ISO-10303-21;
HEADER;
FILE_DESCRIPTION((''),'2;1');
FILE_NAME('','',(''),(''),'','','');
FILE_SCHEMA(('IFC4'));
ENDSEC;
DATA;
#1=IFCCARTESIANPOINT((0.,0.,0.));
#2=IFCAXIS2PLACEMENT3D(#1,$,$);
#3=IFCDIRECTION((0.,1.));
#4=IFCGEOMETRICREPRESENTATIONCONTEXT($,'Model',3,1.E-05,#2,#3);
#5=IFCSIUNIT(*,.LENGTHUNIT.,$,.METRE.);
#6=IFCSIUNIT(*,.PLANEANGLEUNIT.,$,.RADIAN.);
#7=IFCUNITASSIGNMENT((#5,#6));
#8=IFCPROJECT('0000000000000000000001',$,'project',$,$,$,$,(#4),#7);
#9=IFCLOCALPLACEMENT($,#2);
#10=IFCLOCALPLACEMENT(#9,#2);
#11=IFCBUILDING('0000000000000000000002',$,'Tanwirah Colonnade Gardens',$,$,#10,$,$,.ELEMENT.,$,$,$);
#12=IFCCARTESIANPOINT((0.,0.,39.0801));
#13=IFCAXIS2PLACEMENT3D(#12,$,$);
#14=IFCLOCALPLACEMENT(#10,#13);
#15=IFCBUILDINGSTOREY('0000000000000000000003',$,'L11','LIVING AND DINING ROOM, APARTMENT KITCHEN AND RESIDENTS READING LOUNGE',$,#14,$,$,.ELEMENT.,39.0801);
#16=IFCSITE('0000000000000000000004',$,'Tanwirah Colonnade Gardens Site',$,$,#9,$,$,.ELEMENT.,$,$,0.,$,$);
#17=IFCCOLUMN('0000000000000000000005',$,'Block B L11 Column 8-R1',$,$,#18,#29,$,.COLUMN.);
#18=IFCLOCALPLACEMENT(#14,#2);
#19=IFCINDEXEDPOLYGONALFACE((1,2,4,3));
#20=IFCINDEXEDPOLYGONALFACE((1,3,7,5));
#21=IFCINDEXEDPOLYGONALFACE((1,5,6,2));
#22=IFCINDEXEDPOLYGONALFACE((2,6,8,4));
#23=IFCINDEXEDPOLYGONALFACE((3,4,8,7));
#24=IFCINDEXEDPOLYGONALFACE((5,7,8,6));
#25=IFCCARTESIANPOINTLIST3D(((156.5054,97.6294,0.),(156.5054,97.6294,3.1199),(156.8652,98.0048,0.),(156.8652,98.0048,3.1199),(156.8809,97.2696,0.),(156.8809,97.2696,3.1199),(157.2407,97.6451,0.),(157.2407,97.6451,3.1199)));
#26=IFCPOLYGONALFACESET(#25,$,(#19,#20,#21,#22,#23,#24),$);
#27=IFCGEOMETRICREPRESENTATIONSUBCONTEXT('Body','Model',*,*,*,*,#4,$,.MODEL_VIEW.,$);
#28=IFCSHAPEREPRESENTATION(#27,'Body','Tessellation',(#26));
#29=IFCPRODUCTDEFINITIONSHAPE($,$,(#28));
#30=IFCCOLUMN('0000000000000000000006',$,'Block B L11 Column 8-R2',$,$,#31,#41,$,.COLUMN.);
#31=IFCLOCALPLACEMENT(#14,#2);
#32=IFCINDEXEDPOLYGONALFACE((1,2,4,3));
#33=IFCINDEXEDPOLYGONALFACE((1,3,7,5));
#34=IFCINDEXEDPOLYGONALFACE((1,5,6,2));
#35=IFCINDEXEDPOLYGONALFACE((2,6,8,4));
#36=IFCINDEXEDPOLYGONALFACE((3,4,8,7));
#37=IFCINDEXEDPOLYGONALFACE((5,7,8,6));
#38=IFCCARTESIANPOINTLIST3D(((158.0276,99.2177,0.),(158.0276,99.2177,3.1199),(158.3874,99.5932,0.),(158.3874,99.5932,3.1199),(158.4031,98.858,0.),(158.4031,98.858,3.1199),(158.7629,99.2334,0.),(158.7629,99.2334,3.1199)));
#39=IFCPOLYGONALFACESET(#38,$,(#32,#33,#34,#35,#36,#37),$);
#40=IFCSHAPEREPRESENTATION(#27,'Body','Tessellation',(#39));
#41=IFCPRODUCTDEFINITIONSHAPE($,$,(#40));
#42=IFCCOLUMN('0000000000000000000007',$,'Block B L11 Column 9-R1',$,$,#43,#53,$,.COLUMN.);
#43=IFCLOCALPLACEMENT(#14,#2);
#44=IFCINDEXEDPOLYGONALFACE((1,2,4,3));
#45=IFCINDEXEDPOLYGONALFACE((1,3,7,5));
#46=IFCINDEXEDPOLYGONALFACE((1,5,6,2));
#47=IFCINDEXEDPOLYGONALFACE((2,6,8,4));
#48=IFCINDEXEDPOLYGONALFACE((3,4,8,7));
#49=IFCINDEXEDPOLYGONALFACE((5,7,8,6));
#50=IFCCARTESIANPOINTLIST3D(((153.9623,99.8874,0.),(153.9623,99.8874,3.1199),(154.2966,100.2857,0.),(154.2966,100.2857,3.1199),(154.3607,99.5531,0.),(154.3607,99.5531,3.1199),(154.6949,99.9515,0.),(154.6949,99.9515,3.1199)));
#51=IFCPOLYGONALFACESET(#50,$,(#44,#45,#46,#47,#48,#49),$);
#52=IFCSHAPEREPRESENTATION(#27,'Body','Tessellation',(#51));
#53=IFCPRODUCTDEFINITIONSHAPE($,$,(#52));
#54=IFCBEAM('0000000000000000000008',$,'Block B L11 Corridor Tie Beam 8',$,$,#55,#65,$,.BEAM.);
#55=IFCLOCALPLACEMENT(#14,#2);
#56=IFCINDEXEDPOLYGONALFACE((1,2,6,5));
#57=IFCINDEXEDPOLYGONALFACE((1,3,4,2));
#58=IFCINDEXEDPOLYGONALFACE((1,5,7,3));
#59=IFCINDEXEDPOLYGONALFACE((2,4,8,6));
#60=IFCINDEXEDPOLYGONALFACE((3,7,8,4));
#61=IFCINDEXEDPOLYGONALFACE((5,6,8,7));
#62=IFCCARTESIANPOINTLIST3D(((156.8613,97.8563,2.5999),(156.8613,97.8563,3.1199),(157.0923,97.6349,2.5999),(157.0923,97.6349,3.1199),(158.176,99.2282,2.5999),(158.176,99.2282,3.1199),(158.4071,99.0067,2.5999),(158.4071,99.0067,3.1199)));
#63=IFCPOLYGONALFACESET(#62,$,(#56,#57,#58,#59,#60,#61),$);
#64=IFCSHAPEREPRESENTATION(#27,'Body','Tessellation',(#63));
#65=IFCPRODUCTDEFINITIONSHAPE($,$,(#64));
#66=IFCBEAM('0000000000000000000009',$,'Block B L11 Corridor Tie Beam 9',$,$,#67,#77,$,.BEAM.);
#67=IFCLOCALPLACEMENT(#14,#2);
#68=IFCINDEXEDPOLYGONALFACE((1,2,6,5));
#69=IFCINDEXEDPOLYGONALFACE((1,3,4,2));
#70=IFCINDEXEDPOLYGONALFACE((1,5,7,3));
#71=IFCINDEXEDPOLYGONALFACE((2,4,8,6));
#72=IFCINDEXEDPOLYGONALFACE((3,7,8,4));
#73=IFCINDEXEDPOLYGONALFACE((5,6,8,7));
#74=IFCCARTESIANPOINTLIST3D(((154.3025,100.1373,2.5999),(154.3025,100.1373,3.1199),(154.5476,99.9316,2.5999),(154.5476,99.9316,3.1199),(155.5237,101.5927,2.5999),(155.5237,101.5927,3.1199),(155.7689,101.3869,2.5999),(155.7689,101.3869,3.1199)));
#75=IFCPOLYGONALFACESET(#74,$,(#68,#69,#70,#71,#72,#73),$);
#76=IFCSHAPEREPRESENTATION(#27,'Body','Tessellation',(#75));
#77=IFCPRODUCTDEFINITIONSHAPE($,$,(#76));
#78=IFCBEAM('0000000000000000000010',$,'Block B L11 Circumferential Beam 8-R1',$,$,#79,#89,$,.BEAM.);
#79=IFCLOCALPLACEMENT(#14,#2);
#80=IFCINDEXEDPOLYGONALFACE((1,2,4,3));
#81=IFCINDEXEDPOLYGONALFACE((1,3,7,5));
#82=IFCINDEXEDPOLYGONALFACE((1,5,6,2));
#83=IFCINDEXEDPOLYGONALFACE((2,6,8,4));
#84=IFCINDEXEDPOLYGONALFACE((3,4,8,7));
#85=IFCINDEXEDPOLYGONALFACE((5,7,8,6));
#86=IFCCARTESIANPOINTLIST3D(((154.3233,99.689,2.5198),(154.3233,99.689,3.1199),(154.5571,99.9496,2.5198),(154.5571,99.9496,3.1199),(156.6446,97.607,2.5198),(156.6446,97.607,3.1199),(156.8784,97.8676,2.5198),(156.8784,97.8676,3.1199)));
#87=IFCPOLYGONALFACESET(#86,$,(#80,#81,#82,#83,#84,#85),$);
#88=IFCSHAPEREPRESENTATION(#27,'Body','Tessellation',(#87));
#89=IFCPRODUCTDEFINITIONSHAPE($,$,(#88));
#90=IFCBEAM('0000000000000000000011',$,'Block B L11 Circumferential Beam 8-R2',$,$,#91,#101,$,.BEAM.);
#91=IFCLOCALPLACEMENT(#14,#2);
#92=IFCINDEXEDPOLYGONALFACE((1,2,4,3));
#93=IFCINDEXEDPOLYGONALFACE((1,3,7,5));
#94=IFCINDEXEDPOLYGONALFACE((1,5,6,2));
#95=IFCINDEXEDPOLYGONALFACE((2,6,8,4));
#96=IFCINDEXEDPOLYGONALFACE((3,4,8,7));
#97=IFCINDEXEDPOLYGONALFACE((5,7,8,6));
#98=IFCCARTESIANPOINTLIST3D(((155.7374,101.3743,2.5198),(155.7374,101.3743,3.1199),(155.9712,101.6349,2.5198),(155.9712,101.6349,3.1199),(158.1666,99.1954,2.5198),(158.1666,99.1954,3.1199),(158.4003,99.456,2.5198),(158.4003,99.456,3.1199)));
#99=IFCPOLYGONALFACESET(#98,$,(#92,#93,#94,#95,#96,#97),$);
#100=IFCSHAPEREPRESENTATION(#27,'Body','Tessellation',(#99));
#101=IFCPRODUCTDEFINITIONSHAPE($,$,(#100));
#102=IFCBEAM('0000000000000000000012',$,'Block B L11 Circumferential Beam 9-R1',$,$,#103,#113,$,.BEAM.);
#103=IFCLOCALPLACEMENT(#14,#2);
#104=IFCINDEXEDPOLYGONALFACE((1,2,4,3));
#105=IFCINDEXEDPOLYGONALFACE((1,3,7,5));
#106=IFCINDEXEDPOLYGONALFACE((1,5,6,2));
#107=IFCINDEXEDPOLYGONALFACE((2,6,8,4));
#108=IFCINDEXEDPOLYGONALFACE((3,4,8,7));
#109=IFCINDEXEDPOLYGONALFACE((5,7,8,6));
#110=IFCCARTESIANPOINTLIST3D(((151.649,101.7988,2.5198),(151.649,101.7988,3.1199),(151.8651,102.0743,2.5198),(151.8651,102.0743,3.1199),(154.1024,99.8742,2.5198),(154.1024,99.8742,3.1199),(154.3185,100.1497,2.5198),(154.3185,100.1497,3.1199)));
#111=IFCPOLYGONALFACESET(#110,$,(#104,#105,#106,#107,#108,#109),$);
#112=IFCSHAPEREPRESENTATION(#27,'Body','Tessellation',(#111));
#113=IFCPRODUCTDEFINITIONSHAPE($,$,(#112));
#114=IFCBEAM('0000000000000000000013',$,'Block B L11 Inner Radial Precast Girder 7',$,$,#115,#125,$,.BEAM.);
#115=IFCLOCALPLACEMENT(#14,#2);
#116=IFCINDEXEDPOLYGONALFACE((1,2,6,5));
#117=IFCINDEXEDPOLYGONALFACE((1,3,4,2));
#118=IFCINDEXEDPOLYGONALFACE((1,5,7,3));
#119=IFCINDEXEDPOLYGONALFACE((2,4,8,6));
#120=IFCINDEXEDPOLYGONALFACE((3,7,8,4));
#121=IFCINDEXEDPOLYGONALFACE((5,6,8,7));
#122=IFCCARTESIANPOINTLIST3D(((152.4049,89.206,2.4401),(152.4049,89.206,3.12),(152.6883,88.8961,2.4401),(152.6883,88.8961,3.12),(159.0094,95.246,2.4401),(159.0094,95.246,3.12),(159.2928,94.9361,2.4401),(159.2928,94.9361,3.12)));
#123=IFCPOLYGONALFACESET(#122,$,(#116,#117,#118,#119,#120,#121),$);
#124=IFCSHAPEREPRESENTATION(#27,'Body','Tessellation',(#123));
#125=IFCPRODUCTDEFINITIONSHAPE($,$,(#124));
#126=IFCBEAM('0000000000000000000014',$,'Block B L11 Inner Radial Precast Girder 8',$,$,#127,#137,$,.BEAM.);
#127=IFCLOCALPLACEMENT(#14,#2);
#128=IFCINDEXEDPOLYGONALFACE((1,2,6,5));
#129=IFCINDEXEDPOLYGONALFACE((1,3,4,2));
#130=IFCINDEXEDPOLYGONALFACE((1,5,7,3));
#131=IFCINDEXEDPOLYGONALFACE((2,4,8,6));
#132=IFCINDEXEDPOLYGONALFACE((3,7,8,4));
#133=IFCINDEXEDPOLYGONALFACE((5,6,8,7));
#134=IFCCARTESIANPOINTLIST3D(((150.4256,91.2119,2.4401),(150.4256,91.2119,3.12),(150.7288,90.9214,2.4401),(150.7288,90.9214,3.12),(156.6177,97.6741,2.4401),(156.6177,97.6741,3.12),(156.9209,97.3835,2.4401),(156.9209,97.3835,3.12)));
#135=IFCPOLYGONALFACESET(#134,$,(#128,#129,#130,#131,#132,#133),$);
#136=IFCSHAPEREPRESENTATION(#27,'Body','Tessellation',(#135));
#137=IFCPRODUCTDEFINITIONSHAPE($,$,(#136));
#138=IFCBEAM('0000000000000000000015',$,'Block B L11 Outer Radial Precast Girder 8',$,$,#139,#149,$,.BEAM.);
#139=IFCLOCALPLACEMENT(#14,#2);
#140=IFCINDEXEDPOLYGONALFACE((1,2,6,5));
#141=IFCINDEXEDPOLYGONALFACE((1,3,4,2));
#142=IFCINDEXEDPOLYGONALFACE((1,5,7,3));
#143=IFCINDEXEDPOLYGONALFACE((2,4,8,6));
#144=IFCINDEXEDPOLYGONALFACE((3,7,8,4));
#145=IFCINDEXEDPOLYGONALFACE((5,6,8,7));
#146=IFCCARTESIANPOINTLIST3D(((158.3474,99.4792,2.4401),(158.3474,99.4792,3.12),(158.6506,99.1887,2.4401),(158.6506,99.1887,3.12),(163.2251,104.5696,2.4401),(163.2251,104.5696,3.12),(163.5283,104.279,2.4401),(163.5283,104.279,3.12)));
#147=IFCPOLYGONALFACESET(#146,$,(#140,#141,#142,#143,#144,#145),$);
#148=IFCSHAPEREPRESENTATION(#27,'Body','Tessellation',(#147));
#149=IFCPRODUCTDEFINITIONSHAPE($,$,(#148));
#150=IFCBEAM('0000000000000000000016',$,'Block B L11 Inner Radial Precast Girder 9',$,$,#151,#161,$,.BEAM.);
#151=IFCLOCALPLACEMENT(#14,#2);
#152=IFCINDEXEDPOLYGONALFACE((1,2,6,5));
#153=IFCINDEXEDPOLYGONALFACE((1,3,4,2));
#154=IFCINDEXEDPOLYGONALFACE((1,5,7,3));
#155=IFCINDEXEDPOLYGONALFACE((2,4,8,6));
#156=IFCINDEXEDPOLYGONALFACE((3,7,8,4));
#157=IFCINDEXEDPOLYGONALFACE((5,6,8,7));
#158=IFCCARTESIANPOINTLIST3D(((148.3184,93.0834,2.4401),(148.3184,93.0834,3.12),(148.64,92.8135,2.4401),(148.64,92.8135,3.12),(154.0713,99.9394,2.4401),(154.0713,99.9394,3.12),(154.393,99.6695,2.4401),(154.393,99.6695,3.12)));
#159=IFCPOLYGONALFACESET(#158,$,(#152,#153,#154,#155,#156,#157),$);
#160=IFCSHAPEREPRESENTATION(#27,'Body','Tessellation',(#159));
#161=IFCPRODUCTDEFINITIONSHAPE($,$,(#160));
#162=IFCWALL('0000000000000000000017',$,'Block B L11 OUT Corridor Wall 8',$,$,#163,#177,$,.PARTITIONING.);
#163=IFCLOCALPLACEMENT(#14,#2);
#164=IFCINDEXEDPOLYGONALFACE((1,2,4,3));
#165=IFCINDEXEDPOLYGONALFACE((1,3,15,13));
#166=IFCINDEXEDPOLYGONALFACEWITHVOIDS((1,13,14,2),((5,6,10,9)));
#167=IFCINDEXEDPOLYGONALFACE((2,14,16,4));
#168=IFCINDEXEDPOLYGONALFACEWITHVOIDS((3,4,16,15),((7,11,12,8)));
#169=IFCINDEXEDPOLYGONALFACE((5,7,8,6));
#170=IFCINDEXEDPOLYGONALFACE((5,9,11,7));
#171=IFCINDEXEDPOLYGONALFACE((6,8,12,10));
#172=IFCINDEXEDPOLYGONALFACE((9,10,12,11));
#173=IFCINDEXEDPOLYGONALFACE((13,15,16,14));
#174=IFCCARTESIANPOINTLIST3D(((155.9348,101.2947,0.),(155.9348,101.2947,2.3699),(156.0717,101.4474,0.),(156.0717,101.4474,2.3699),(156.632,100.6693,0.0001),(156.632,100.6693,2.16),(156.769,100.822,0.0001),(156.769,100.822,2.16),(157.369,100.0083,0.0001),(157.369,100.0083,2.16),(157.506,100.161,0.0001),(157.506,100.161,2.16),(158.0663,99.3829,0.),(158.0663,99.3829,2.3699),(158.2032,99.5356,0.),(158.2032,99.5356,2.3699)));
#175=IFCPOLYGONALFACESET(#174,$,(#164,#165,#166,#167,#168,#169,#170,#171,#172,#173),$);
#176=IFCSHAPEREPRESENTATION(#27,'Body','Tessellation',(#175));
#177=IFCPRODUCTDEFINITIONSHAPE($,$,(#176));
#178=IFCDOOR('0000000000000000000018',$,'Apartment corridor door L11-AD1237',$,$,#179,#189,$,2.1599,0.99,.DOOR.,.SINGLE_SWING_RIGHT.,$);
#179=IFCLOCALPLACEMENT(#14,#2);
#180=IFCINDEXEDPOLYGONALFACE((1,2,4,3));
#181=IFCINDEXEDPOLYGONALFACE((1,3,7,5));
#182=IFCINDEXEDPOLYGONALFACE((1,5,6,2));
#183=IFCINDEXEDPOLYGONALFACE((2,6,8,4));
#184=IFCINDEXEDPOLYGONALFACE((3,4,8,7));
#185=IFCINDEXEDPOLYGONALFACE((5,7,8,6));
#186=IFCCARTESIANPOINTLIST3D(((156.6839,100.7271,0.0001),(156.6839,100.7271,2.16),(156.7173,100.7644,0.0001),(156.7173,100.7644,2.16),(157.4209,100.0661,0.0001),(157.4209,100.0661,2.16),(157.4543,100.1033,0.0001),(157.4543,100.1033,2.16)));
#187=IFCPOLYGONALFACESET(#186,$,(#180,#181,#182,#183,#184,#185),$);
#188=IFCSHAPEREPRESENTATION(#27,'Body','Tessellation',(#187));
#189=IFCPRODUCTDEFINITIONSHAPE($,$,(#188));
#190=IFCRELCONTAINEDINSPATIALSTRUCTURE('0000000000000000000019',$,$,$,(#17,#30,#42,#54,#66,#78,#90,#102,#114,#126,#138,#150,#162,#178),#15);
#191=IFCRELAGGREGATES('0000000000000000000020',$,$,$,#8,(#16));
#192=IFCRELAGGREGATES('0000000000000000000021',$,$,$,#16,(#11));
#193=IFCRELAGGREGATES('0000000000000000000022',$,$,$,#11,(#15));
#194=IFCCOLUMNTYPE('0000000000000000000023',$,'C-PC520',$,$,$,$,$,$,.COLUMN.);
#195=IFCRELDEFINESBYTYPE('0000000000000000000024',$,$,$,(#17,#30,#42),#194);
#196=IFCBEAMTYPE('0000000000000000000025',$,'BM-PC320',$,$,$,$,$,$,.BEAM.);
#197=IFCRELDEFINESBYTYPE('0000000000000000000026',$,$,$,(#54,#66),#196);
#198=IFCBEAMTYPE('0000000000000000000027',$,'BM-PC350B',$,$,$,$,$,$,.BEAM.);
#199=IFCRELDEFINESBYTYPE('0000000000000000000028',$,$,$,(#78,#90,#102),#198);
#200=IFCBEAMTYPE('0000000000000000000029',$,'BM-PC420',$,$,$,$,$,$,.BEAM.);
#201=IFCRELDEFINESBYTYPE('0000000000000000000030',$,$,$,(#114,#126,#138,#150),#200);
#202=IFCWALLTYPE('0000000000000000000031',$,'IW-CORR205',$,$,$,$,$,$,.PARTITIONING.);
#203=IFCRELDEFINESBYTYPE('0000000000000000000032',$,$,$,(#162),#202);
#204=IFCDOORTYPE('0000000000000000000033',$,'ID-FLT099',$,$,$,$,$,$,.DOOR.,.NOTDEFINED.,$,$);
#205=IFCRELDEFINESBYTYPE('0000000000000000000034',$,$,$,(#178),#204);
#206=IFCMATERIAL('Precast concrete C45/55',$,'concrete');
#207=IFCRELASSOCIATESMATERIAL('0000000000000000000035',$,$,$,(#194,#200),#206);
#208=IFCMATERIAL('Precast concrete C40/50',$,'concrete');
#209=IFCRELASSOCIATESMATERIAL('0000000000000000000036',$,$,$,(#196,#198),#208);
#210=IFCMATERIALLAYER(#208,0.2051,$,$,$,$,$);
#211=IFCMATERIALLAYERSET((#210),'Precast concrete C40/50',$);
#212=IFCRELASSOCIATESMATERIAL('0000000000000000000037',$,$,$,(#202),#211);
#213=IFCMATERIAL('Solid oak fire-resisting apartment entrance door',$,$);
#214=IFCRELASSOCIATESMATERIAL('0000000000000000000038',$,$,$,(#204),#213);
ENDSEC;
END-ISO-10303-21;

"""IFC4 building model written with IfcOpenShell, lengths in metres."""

from ifc_helpers import new_model, si_unit, direction, frame, frame_2d, origin, origin_2d, place, context, subcontext, project, spatial, rectangle, extrude, material, layer, layer_set, material_profile, profile_set, type_object, element, fill, save


model = new_model("IFC4")

# Units and contexts
model_context = context("Model", 3, precision=1e-05, world=origin(), true_north=direction((0.0, 1.0)))
body_context = subcontext(model_context, "Body", "Model", "MODEL_VIEW")
ifc_project = project(units=[si_unit("LENGTHUNIT", "METRE"), si_unit("PLANEANGLEUNIT", "RADIAN")], contexts=[model_context])

# Site, building, storey
site_placement = place(None, origin())
site = spatial("IfcSite", under=ifc_project, at=site_placement, Name="Tanwirah Colonnade Gardens Site", CompositionType="ELEMENT", RefElevation=0.0)
building_placement = place(site_placement, origin())
building = spatial("IfcBuilding", under=site, at=building_placement, Name="Tanwirah Colonnade Gardens", CompositionType="ELEMENT")
storey_placement = place(building_placement, frame((0.0, 0.0, 39.0801)))
storey = spatial("IfcBuildingStorey", under=building, at=storey_placement, Name="L11", Description="LIVING AND DINING ROOM, APARTMENT KITCHEN AND RESIDENTS READING LOUNGE", CompositionType="ELEMENT", Elevation=39.0801)

# Columns
ifc_material_1 = material(Name="Precast concrete C45/55", Category="concrete")
ifc_material_profile_1 = material_profile(ifc_material_1, rectangle(XDim=0.52, YDim=0.52, at=origin_2d()), Name="PC-COL 520x520")
ifc_profile_set_1 = profile_set([ifc_material_profile_1], Name="Precast concrete C45/55")
column_type = type_object("IfcColumnType", Name="C-PC520", PredefinedType="COLUMN", material=ifc_profile_set_1)
for number, where, z_axis, x_axis, name in (
    (1, (156.873, 97.6372, 0.0), (0.0, 0.0, 1.0), (0.691863, 0.722029, 0.0), "Block B L11 Column 8-R1"),
    (2, (158.3953, 99.2256, 0.0), (0.0, 0.0, 1.0), (0.691863, 0.722029, 0.0), "Block B L11 Column 8-R2"),
    (3, (154.3286, 99.9194, 0.0), (0.0, 0.0, 1.0), (0.642788, 0.766044, 0.0), "Block B L11 Column 9-R1"),
):
    element("IfcColumn", number, at=place(storey_placement, frame(where, z_axis=z_axis, x_axis=x_axis)), inside=storey, type_object=column_type, Name=name, PredefinedType="COLUMN", context=body_context, shape_type="SweptSolid", body=[
        extrude(rectangle(XDim=0.52, YDim=0.52, at=origin_2d()), origin(), (0.0, 0.0, 1.0), 3.1199),
    ])

# Beams
ifc_material_2 = material(Name="Precast concrete C40/50", Category="concrete")
ifc_material_profile_2 = material_profile(ifc_material_2, rectangle(XDim=0.3201, YDim=0.52, at=origin_2d()), Name="PC-BM 320x520")
ifc_profile_set_2 = profile_set([ifc_material_profile_2], Name="Precast concrete C40/50")
beam_type_1 = type_object("IfcBeamType", Name="BM-PC320", PredefinedType="BEAM", material=ifc_profile_set_2)
beam_1_placement = place(storey_placement, frame((156.9768, 97.7456, 2.8599), z_axis=(0.691914, 0.72198, 0.0), x_axis=(-0.72198, 0.691914, 0.0)))
element("IfcBeam", 4, at=beam_1_placement, inside=storey, type_object=beam_type_1, Name="Block B L11 Corridor Tie Beam 8", PredefinedType="BEAM", context=body_context, shape_type="SweptSolid", body=[
    extrude(rectangle(XDim=0.3201, YDim=0.52, at=origin_2d()), origin(), (0.0, 0.0, 1.0), 1.9001),
])
beam_2_placement = place(storey_placement, frame((154.425, 100.0344, 2.8599), z_axis=(0.642797, 0.766036, 0.0), x_axis=(-0.766036, 0.642797, 0.0)))
element("IfcBeam", 5, at=beam_2_placement, inside=storey, type_object=beam_type_1, Name="Block B L11 Corridor Tie Beam 9", PredefinedType="BEAM", context=body_context, shape_type="SweptSolid", body=[
    extrude(rectangle(XDim=0.3201, YDim=0.52, at=origin_2d()), origin(), (0.0, 0.0, 1.0), 1.8999),
])
ifc_material_profile_3 = material_profile(ifc_material_2, rectangle(XDim=0.3501, YDim=0.6001, at=origin_2d()), Name="PC-BM 350x600")
ifc_profile_set_3 = profile_set([ifc_material_profile_3], Name="Precast concrete C40/50")
beam_type_2 = type_object("IfcBeamType", Name="BM-PC350B", PredefinedType="BEAM", material=ifc_profile_set_3)
beam_3_placement = place(storey_placement, frame((156.7615, 97.7373, 2.8198), z_axis=(-0.74443, 0.667701, 0.0), x_axis=(-0.667701, -0.74443, 0.0)))
element("IfcBeam", 6, at=beam_3_placement, inside=storey, type_object=beam_type_2, Name="Block B L11 Circumferential Beam 8-R1", PredefinedType="BEAM", context=body_context, shape_type="SweptSolid", body=[
    extrude(rectangle(XDim=0.3501, YDim=0.6001, at=origin_2d()), origin(), (0.0, 0.0, 1.0), 3.1182),
])
beam_4_placement = place(storey_placement, frame((158.2834, 99.3257, 2.8198), z_axis=(-0.744409, 0.667724, 0.0), x_axis=(-0.667724, -0.744409, 0.0)))
element("IfcBeam", 7, at=beam_4_placement, inside=storey, type_object=beam_type_2, Name="Block B L11 Circumferential Beam 8-R2", PredefinedType="BEAM", context=body_context, shape_type="SweptSolid", body=[
    extrude(rectangle(XDim=0.3501, YDim=0.6001, at=origin_2d()), origin(), (0.0, 0.0, 1.0), 3.2632),
])
beam_5_placement = place(storey_placement, frame((154.2104, 100.012, 2.8198), z_axis=(-0.786799, 0.617209, 0.0), x_axis=(-0.617209, -0.786799, 0.0)))
element("IfcBeam", 8, at=beam_5_placement, inside=storey, type_object=beam_type_2, Name="Block B L11 Circumferential Beam 9-R1", PredefinedType="BEAM", context=body_context, shape_type="SweptSolid", body=[
    extrude(rectangle(XDim=0.3501, YDim=0.6001, at=origin_2d()), origin(), (0.0, 0.0, 1.0), 3.1182),
])
ifc_material_profile_4 = material_profile(ifc_material_1, rectangle(XDim=0.4199, YDim=0.6799, at=origin_2d()), Name="PC-BM 420x680")
ifc_profile_set_4 = profile_set([ifc_material_profile_4], Name="Precast concrete C45/55")
beam_type_3 = type_object("IfcBeamType", Name="BM-PC420", PredefinedType="BEAM", material=ifc_profile_set_4)
for number, where, z_axis, x_axis, name in (
    (9, (159.1511, 95.0911, 2.78), (-0.737937, -0.674869, 0.0), (0.674869, -0.737937, 0.0), "Block B L11 Inner Radial Precast Girder 7"),
    (10, (156.7693, 97.5288, 2.78), (-0.691861, -0.722031, 0.0), (0.722031, -0.691861, 0.0), "Block B L11 Inner Radial Precast Girder 8"),
):
    element("IfcBeam", number, at=place(storey_placement, frame(where, z_axis=z_axis, x_axis=x_axis)), inside=storey, type_object=beam_type_3, Name=name, PredefinedType="BEAM", context=body_context, shape_type="SweptSolid", body=[
        extrude(rectangle(XDim=0.4199, YDim=0.6799, at=origin_2d()), origin(), (0.0, 0.0, 1.0), 8.95),
    ])
beam_6_placement = place(storey_placement, frame((158.499, 99.334, 2.78), z_axis=(0.691865, 0.722027, 0.0), x_axis=(-0.722027, 0.691865, 0.0)))
element("IfcBeam", 11, at=beam_6_placement, inside=storey, type_object=beam_type_3, Name="Block B L11 Outer Radial Precast Girder 8", PredefinedType="BEAM", context=body_context, shape_type="SweptSolid", body=[
    extrude(rectangle(XDim=0.4199, YDim=0.6799, at=origin_2d()), origin(), (0.0, 0.0, 1.0), 7.05),
])
beam_7_placement = place(storey_placement, frame((154.2322, 99.8044, 2.78), z_axis=(-0.642794, -0.766039, 0.0), x_axis=(0.766039, -0.642794, 0.0)))
element("IfcBeam", 12, at=beam_7_placement, inside=storey, type_object=beam_type_3, Name="Block B L11 Inner Radial Precast Girder 9", PredefinedType="BEAM", context=body_context, shape_type="SweptSolid", body=[
    extrude(rectangle(XDim=0.4199, YDim=0.6799, at=origin_2d()), origin(), (0.0, 0.0, 1.0), 8.95),
])

# Wall, opening, door
ifc_layer_1 = layer(ifc_material_2, 0.2051)
ifc_layer_set_1 = layer_set([ifc_layer_1], Name="Precast concrete C40/50")
wall_type_1 = type_object("IfcWallType", Name="IW-CORR205", PredefinedType="PARTITIONING", material=ifc_layer_set_1)
ifc_material_3 = material(Name="Solid oak fire-resisting apartment entrance door")
wall_1_placement = place(storey_placement, frame((158.1348, 99.4592, 0.0), z_axis=(0.0, 0.0, 1.0), x_axis=(-0.744434, 0.667697, 0.0)))
wall_1 = element("IfcWall", 13, at=wall_1_placement, inside=storey, type_object=wall_type_1, Name="Block B L11 OUT Corridor Wall 8", PredefinedType="PARTITIONING", context=body_context, shape_type="SweptSolid", body=[
    extrude(rectangle(XDim=2.8633, YDim=0.2051, at=frame_2d((1.4316, 0.0))), origin(), (0.0, 0.0, 1.0), 2.3699),
])
opening_1_placement = place(wall_1_placement, frame((0.9365, 0.0, 0.0)))
opening_1 = element("IfcOpeningElement", 14, at=opening_1_placement, cuts=wall_1, PredefinedType="OPENING", context=body_context, shape_type="SweptSolid", body=[
    extrude(rectangle(XDim=0.99, YDim=2.1599, at=frame_2d((0.4951, 1.0801))), frame((0.0, 0.1125, 0.0), z_axis=(0.0, -1.0, 0.0), x_axis=(1.0, 0.0, 0.0)), (0.0, 0.0, 1.0), 0.2251),
])
door_type_1 = type_object("IfcDoorType", Name="ID-FLT099", OperationType="NOTDEFINED", PredefinedType="DOOR", material=ifc_material_3)
door_1_placement = place(opening_1_placement, origin())
door_1 = element("IfcDoor", 15, at=door_1_placement, inside=storey, type_object=door_type_1, Name="Apartment corridor door L11-AD1237", OperationType="SINGLE_SWING_RIGHT", OverallHeight=2.1599, OverallWidth=0.99, PredefinedType="DOOR", context=body_context, shape_type="SweptSolid", body=[
    extrude(rectangle(XDim=0.99, YDim=2.1599, at=frame_2d((0.4951, 1.0801))), frame((0.0, 0.0249, 0.0), z_axis=(0.0, -1.0, 0.0), x_axis=(1.0, 0.0, 0.0)), (0.0, 0.0, 1.0), 0.05),
])
fill(opening_1, door_1)

save(model, "model.ifc")
